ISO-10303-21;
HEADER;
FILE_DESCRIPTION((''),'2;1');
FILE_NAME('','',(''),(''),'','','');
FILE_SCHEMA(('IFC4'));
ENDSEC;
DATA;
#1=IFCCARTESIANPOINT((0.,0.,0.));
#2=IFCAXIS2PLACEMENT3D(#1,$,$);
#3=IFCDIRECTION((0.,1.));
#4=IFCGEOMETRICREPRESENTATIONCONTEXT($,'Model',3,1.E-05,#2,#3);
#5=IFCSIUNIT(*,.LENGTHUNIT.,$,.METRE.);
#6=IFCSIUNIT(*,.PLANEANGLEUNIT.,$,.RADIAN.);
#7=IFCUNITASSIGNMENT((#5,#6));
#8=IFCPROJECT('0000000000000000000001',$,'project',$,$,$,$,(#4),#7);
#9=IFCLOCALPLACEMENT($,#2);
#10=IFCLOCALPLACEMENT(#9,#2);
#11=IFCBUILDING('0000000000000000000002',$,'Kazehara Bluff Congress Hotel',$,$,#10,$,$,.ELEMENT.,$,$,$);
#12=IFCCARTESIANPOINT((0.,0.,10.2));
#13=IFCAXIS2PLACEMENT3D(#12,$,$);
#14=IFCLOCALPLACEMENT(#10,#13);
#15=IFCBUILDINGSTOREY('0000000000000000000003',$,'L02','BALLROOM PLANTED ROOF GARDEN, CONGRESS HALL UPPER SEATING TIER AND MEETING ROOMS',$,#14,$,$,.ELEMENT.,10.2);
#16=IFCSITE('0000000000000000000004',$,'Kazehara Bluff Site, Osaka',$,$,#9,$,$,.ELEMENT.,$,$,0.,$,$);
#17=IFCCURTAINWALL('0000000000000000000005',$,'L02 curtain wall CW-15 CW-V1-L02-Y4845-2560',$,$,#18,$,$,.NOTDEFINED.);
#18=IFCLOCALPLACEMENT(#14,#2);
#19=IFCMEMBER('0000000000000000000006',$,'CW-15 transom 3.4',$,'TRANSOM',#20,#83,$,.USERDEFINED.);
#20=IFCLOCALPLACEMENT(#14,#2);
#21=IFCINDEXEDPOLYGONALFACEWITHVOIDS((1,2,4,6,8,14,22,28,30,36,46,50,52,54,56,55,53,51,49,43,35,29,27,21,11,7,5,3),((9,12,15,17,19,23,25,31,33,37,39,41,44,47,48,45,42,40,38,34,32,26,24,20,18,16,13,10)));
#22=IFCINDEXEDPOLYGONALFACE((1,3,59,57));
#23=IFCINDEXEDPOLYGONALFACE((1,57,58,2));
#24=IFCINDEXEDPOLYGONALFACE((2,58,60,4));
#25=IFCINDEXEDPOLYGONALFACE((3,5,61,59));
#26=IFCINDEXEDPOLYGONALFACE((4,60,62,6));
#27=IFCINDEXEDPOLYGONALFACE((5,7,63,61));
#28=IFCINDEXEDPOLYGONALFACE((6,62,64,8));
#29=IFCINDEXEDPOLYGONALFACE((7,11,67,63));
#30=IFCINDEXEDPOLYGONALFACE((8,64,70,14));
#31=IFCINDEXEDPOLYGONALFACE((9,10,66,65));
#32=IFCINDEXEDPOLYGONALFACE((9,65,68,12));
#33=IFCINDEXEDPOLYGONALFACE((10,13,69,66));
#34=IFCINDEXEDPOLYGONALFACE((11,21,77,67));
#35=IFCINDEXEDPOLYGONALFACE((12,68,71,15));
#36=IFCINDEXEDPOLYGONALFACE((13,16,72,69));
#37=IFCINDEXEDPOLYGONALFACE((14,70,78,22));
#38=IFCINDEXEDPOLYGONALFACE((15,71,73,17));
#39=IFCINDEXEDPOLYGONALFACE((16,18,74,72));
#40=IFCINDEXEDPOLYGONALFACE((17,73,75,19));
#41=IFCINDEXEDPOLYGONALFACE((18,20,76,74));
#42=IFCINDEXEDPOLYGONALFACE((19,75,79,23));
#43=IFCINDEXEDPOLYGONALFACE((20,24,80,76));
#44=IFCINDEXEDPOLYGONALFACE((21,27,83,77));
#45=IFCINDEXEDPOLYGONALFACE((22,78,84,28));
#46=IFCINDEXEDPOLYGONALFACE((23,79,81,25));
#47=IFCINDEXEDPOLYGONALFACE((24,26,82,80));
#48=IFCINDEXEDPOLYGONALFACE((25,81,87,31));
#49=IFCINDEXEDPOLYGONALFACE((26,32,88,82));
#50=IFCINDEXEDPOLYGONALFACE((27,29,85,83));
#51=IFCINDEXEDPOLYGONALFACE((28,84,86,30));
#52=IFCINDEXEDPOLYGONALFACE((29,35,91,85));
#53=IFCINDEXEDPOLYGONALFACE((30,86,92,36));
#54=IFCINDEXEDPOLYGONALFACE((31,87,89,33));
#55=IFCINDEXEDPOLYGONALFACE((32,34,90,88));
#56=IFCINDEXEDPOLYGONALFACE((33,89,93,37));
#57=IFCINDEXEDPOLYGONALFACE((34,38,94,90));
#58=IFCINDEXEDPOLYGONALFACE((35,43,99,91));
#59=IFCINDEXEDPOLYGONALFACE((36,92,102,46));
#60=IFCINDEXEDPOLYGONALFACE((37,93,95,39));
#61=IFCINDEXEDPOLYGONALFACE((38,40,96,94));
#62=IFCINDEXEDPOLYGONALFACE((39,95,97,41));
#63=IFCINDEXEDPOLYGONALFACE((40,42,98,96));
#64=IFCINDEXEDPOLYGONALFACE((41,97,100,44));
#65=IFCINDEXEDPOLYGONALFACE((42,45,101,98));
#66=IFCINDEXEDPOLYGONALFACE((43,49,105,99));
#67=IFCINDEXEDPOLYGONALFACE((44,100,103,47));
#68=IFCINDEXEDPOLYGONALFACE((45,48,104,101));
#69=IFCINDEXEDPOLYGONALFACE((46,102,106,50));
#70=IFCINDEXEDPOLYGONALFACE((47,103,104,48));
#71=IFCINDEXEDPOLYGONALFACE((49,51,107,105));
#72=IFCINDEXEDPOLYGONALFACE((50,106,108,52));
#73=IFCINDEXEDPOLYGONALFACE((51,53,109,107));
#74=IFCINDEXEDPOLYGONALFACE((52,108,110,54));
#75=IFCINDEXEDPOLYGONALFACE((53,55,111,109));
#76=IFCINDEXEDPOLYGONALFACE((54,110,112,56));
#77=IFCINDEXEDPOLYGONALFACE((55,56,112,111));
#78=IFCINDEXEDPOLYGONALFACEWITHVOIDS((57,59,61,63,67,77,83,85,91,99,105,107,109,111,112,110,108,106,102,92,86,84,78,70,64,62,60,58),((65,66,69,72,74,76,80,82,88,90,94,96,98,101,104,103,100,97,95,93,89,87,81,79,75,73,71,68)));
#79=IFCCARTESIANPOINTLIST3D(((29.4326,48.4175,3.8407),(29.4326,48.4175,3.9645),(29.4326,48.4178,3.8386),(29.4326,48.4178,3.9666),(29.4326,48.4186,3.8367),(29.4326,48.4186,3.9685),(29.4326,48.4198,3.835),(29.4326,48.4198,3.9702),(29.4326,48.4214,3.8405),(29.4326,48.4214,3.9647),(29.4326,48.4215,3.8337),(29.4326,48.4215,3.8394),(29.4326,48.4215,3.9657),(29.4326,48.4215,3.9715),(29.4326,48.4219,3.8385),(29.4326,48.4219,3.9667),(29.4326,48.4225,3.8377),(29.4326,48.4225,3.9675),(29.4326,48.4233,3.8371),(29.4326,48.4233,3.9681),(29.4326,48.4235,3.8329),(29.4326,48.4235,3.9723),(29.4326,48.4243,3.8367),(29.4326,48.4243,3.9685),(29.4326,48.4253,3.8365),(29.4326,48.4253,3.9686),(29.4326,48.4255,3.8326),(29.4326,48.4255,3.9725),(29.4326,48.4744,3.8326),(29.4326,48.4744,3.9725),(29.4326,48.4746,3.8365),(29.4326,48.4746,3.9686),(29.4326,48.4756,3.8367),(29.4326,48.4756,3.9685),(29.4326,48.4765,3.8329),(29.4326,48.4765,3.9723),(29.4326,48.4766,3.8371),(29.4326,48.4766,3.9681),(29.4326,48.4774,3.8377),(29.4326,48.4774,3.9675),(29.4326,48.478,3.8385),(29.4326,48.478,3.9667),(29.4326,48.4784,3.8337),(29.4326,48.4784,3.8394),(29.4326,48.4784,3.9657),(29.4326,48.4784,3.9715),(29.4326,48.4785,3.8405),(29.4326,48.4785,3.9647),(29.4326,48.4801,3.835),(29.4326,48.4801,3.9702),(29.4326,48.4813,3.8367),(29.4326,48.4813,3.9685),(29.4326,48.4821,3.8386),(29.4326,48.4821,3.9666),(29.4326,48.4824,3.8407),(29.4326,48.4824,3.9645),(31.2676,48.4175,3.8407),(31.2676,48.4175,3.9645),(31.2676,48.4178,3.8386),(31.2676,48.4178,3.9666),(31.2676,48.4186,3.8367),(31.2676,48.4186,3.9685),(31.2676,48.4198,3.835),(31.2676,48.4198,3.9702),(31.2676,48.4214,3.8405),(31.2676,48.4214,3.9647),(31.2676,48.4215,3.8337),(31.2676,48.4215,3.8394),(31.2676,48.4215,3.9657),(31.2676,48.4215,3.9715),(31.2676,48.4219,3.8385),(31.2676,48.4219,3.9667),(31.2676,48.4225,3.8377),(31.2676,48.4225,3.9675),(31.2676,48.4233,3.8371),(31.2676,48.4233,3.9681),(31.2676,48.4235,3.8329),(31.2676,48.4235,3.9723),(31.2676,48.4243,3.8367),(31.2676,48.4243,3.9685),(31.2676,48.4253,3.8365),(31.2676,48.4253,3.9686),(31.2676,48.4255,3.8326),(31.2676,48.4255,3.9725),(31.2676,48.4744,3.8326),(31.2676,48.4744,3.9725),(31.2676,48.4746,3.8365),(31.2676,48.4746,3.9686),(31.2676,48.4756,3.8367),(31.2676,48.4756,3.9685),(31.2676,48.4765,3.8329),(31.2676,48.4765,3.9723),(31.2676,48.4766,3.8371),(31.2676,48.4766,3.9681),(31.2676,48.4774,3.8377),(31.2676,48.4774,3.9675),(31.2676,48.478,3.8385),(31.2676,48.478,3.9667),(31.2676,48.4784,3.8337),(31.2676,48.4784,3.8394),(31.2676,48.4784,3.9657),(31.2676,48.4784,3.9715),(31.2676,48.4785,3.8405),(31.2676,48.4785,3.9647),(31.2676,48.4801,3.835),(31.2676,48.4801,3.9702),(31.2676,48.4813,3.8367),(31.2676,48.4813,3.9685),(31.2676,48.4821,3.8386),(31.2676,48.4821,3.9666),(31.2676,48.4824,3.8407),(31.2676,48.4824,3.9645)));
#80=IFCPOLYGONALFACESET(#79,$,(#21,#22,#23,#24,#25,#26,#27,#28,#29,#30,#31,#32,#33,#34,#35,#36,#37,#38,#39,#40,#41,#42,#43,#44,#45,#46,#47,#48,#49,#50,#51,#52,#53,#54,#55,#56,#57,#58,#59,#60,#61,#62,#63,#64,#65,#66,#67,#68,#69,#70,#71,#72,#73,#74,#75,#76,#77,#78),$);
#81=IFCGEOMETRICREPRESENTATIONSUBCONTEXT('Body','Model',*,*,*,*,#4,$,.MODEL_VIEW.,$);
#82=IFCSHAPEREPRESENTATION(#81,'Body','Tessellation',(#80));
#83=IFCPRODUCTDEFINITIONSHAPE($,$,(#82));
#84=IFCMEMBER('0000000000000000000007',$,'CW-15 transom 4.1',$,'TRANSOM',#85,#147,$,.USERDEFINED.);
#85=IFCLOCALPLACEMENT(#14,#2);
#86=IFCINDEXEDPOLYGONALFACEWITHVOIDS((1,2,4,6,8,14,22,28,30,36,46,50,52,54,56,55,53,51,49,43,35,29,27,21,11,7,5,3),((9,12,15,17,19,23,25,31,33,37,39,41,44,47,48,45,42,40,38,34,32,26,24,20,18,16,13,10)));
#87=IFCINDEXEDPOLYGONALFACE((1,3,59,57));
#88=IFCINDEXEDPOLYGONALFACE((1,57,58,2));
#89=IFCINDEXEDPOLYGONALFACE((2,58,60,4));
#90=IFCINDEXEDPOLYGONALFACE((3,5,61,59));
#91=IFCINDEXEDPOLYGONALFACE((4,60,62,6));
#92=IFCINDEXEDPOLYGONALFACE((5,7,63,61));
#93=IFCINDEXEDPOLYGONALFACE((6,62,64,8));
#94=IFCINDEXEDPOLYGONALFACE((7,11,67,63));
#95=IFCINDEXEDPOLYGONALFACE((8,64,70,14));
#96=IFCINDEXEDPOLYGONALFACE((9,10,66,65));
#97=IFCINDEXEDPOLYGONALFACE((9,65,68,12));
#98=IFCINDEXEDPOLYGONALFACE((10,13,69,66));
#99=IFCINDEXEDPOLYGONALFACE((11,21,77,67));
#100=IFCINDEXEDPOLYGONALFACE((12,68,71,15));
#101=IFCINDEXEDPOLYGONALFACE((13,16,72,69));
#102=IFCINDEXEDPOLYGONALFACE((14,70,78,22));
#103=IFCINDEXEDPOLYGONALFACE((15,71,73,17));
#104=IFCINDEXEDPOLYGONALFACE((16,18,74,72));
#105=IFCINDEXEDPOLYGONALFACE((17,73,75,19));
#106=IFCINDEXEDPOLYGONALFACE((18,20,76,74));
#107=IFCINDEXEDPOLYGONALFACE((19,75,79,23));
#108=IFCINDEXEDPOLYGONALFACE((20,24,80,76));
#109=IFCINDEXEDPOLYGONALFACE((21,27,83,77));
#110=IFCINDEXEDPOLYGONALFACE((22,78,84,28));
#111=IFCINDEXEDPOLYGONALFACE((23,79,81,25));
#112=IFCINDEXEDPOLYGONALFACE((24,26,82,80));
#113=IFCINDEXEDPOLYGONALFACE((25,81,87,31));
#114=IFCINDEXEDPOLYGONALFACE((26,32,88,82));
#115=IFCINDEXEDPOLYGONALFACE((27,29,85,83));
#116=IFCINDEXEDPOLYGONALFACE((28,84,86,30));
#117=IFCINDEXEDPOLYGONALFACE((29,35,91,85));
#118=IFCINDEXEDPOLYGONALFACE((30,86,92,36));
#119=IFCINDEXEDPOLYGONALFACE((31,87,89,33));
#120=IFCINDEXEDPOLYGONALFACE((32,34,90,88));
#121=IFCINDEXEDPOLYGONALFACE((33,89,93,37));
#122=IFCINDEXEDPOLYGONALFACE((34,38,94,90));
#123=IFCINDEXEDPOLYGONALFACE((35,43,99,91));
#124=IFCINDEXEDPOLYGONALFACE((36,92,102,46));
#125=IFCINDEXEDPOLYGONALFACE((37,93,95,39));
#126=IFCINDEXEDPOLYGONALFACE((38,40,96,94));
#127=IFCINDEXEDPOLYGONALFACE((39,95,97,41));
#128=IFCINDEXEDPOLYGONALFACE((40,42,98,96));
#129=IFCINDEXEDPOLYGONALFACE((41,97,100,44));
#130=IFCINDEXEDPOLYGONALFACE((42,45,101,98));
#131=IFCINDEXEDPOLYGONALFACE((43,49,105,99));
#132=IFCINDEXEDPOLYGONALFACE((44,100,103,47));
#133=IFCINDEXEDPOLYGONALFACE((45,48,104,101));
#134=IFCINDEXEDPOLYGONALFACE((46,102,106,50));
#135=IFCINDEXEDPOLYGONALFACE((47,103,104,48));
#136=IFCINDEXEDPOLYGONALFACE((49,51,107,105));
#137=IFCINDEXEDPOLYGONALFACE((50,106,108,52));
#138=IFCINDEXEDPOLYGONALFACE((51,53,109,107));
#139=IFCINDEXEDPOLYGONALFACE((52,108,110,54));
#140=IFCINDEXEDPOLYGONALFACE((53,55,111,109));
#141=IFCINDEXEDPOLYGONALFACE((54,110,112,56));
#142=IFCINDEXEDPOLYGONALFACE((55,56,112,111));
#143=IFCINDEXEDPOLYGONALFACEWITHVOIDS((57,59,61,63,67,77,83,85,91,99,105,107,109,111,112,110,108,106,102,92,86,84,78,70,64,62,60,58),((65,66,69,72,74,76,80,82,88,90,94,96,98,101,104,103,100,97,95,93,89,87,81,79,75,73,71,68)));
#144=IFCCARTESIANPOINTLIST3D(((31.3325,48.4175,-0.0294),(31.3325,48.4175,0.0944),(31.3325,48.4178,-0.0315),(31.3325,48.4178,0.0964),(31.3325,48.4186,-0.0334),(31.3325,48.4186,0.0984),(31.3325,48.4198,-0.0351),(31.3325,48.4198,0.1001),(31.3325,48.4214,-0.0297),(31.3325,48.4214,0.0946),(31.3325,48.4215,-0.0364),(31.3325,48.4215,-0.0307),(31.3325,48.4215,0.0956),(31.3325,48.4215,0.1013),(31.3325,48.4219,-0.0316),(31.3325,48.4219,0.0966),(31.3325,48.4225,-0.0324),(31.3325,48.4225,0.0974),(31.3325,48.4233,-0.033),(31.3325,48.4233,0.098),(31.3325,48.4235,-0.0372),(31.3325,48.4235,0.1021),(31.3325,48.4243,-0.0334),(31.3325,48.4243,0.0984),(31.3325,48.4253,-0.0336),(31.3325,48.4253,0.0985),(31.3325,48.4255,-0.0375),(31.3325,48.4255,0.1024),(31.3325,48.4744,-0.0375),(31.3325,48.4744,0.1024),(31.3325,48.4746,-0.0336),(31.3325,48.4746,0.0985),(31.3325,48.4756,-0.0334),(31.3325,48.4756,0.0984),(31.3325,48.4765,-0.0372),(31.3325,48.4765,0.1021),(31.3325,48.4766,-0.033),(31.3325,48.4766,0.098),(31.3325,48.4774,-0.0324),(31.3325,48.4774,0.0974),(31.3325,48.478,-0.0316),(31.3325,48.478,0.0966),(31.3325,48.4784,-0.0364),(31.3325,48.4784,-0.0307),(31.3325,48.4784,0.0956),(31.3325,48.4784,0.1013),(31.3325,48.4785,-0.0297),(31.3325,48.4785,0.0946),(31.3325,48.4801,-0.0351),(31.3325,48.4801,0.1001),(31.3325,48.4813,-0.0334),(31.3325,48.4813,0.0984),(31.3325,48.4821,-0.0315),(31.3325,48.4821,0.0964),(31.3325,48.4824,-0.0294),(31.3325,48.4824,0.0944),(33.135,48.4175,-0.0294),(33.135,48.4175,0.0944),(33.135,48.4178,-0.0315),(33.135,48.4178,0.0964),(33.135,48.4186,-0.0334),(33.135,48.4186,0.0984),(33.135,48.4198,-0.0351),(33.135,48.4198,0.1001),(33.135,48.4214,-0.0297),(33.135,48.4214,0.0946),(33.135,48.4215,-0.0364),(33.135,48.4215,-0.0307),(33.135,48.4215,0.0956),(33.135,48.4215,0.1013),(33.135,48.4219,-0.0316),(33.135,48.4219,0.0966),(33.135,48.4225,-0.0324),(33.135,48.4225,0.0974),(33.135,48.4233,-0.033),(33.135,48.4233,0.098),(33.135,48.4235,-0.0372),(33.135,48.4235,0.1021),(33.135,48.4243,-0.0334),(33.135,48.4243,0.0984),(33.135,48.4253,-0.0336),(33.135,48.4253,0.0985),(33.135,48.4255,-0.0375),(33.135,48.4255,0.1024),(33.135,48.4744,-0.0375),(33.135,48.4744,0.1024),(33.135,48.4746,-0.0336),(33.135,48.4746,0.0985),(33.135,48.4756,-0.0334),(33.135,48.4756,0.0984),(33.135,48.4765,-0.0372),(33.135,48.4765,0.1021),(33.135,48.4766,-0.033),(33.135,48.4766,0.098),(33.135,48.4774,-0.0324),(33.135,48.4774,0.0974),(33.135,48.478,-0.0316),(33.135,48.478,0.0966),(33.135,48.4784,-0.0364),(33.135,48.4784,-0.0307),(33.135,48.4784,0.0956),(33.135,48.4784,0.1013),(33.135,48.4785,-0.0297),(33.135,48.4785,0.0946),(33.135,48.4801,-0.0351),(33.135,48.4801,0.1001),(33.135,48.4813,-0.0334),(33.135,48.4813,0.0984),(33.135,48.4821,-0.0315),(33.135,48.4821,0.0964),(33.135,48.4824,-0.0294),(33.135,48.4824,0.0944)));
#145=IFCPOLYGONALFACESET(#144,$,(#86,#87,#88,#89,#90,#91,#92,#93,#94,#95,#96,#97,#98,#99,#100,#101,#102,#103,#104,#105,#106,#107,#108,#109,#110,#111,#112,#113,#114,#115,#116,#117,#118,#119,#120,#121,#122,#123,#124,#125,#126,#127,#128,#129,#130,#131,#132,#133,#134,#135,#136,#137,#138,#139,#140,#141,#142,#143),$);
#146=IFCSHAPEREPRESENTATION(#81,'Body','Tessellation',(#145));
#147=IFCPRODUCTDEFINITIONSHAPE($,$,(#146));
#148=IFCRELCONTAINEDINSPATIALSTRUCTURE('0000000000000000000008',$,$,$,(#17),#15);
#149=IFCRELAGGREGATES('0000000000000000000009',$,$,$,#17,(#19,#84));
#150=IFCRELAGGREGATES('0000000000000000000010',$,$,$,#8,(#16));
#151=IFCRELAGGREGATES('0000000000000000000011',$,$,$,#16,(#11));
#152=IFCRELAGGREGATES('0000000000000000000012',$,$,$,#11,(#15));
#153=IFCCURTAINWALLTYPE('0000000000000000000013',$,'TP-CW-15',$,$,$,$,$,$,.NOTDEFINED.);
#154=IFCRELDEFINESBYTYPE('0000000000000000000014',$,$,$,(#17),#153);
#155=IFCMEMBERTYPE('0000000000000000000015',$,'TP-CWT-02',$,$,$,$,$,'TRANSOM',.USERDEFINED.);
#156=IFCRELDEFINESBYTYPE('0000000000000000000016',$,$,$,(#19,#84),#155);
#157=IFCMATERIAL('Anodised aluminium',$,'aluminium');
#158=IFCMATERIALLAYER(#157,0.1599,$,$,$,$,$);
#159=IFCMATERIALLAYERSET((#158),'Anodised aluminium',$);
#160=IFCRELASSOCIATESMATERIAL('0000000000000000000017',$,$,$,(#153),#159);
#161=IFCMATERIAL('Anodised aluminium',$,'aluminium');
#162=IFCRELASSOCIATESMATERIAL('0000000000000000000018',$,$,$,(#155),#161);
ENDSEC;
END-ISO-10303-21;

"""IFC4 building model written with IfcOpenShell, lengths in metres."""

from ifc_helpers import new_model, si_unit, direction, frame, origin, origin_2d, place, context, subcontext, project, spatial, hollow_rectangle, extrude, material, layer, layer_set, material_profile, profile_set, type_object, element, aggregate, save


model = new_model("IFC4")

# Units and contexts
model_context = context("Model", 3, precision=1e-05, world=origin(), true_north=direction((0.0, 1.0)))
body_context = subcontext(model_context, "Body", "Model", "MODEL_VIEW")
ifc_project = project(units=[si_unit("LENGTHUNIT", "METRE"), si_unit("PLANEANGLEUNIT", "RADIAN")], contexts=[model_context])

# Site, building, storey
site_placement = place(None, origin())
site = spatial("IfcSite", under=ifc_project, at=site_placement, Name="Kazehara Bluff Site, Osaka", CompositionType="ELEMENT", RefElevation=0.0)
building_placement = place(site_placement, origin())
building = spatial("IfcBuilding", under=site, at=building_placement, Name="Kazehara Bluff Congress Hotel", CompositionType="ELEMENT")
storey_placement = place(building_placement, frame((0.0, 0.0, 10.2)))
storey = spatial("IfcBuildingStorey", under=building, at=storey_placement, Name="L02", Description="BALLROOM PLANTED ROOF GARDEN, CONGRESS HALL UPPER SEATING TIER AND MEETING ROOMS", CompositionType="ELEMENT", Elevation=10.2)

# Curtain wall
ifc_material_1 = material(Name="Anodised aluminium", Category="aluminium")
ifc_layer_1 = layer(ifc_material_1, 0.1599)
ifc_layer_set_1 = layer_set([ifc_layer_1], Name="Anodised aluminium")
curtain_wall_type = type_object("IfcCurtainWallType", Name="TP-CW-15", PredefinedType="NOTDEFINED", material=ifc_layer_set_1)
curtain_wall_1_placement = place(storey_placement, origin())
curtain_wall_1 = element("IfcCurtainWall", 1, at=curtain_wall_1_placement, inside=storey, type_object=curtain_wall_type, Name="L02 curtain wall CW-15 CW-V1-L02-Y4845-2560", PredefinedType="NOTDEFINED")

# Members
ifc_material_2 = material(Name="Anodised aluminium", Category="aluminium")
ifc_material_profile_1 = material_profile(ifc_material_2, hollow_rectangle(XDim=0.0649, YDim=0.1399, WallThickness=0.0039, InnerFilletRadius=0.0039, OuterFilletRadius=0.0081, at=origin_2d()))
ifc_profile_set_1 = profile_set([ifc_material_profile_1], Name="Anodised aluminium")
member_type_1 = type_object("IfcMemberType", Name="TP-CWT-02", ElementType="TRANSOM", PredefinedType="USERDEFINED", material=ifc_profile_set_1)
member_1_placement = place(storey_placement, frame((29.4326, 48.45, 3.9026), z_axis=(1.0, 0.0, 0.0), x_axis=(0.0, 1.0, 0.0)))
member_1 = element("IfcMember", 2, at=member_1_placement, type_object=member_type_1, Name="CW-15 transom 3.4", ObjectType="TRANSOM", PredefinedType="USERDEFINED", context=body_context, shape_type="SweptSolid", body=[
    extrude(hollow_rectangle(XDim=0.0649, YDim=0.1399, WallThickness=0.0039, InnerFilletRadius=0.0039, OuterFilletRadius=0.0081, at=origin_2d()), origin(), (0.0, 0.0, 1.0), 1.835),
])
member_2_placement = place(storey_placement, frame((31.3325, 48.45, 0.0325), z_axis=(1.0, 0.0, 0.0), x_axis=(0.0, 1.0, 0.0)))
member_2 = element("IfcMember", 3, at=member_2_placement, type_object=member_type_1, Name="CW-15 transom 4.1", ObjectType="TRANSOM", PredefinedType="USERDEFINED", context=body_context, shape_type="SweptSolid", body=[
    extrude(hollow_rectangle(XDim=0.0649, YDim=0.1399, WallThickness=0.0039, InnerFilletRadius=0.0039, OuterFilletRadius=0.0081, at=origin_2d()), origin(), (0.0, 0.0, 1.0), 1.8025),
])

aggregate(curtain_wall_1, [member_1, member_2])

save(model, "model.ifc")
